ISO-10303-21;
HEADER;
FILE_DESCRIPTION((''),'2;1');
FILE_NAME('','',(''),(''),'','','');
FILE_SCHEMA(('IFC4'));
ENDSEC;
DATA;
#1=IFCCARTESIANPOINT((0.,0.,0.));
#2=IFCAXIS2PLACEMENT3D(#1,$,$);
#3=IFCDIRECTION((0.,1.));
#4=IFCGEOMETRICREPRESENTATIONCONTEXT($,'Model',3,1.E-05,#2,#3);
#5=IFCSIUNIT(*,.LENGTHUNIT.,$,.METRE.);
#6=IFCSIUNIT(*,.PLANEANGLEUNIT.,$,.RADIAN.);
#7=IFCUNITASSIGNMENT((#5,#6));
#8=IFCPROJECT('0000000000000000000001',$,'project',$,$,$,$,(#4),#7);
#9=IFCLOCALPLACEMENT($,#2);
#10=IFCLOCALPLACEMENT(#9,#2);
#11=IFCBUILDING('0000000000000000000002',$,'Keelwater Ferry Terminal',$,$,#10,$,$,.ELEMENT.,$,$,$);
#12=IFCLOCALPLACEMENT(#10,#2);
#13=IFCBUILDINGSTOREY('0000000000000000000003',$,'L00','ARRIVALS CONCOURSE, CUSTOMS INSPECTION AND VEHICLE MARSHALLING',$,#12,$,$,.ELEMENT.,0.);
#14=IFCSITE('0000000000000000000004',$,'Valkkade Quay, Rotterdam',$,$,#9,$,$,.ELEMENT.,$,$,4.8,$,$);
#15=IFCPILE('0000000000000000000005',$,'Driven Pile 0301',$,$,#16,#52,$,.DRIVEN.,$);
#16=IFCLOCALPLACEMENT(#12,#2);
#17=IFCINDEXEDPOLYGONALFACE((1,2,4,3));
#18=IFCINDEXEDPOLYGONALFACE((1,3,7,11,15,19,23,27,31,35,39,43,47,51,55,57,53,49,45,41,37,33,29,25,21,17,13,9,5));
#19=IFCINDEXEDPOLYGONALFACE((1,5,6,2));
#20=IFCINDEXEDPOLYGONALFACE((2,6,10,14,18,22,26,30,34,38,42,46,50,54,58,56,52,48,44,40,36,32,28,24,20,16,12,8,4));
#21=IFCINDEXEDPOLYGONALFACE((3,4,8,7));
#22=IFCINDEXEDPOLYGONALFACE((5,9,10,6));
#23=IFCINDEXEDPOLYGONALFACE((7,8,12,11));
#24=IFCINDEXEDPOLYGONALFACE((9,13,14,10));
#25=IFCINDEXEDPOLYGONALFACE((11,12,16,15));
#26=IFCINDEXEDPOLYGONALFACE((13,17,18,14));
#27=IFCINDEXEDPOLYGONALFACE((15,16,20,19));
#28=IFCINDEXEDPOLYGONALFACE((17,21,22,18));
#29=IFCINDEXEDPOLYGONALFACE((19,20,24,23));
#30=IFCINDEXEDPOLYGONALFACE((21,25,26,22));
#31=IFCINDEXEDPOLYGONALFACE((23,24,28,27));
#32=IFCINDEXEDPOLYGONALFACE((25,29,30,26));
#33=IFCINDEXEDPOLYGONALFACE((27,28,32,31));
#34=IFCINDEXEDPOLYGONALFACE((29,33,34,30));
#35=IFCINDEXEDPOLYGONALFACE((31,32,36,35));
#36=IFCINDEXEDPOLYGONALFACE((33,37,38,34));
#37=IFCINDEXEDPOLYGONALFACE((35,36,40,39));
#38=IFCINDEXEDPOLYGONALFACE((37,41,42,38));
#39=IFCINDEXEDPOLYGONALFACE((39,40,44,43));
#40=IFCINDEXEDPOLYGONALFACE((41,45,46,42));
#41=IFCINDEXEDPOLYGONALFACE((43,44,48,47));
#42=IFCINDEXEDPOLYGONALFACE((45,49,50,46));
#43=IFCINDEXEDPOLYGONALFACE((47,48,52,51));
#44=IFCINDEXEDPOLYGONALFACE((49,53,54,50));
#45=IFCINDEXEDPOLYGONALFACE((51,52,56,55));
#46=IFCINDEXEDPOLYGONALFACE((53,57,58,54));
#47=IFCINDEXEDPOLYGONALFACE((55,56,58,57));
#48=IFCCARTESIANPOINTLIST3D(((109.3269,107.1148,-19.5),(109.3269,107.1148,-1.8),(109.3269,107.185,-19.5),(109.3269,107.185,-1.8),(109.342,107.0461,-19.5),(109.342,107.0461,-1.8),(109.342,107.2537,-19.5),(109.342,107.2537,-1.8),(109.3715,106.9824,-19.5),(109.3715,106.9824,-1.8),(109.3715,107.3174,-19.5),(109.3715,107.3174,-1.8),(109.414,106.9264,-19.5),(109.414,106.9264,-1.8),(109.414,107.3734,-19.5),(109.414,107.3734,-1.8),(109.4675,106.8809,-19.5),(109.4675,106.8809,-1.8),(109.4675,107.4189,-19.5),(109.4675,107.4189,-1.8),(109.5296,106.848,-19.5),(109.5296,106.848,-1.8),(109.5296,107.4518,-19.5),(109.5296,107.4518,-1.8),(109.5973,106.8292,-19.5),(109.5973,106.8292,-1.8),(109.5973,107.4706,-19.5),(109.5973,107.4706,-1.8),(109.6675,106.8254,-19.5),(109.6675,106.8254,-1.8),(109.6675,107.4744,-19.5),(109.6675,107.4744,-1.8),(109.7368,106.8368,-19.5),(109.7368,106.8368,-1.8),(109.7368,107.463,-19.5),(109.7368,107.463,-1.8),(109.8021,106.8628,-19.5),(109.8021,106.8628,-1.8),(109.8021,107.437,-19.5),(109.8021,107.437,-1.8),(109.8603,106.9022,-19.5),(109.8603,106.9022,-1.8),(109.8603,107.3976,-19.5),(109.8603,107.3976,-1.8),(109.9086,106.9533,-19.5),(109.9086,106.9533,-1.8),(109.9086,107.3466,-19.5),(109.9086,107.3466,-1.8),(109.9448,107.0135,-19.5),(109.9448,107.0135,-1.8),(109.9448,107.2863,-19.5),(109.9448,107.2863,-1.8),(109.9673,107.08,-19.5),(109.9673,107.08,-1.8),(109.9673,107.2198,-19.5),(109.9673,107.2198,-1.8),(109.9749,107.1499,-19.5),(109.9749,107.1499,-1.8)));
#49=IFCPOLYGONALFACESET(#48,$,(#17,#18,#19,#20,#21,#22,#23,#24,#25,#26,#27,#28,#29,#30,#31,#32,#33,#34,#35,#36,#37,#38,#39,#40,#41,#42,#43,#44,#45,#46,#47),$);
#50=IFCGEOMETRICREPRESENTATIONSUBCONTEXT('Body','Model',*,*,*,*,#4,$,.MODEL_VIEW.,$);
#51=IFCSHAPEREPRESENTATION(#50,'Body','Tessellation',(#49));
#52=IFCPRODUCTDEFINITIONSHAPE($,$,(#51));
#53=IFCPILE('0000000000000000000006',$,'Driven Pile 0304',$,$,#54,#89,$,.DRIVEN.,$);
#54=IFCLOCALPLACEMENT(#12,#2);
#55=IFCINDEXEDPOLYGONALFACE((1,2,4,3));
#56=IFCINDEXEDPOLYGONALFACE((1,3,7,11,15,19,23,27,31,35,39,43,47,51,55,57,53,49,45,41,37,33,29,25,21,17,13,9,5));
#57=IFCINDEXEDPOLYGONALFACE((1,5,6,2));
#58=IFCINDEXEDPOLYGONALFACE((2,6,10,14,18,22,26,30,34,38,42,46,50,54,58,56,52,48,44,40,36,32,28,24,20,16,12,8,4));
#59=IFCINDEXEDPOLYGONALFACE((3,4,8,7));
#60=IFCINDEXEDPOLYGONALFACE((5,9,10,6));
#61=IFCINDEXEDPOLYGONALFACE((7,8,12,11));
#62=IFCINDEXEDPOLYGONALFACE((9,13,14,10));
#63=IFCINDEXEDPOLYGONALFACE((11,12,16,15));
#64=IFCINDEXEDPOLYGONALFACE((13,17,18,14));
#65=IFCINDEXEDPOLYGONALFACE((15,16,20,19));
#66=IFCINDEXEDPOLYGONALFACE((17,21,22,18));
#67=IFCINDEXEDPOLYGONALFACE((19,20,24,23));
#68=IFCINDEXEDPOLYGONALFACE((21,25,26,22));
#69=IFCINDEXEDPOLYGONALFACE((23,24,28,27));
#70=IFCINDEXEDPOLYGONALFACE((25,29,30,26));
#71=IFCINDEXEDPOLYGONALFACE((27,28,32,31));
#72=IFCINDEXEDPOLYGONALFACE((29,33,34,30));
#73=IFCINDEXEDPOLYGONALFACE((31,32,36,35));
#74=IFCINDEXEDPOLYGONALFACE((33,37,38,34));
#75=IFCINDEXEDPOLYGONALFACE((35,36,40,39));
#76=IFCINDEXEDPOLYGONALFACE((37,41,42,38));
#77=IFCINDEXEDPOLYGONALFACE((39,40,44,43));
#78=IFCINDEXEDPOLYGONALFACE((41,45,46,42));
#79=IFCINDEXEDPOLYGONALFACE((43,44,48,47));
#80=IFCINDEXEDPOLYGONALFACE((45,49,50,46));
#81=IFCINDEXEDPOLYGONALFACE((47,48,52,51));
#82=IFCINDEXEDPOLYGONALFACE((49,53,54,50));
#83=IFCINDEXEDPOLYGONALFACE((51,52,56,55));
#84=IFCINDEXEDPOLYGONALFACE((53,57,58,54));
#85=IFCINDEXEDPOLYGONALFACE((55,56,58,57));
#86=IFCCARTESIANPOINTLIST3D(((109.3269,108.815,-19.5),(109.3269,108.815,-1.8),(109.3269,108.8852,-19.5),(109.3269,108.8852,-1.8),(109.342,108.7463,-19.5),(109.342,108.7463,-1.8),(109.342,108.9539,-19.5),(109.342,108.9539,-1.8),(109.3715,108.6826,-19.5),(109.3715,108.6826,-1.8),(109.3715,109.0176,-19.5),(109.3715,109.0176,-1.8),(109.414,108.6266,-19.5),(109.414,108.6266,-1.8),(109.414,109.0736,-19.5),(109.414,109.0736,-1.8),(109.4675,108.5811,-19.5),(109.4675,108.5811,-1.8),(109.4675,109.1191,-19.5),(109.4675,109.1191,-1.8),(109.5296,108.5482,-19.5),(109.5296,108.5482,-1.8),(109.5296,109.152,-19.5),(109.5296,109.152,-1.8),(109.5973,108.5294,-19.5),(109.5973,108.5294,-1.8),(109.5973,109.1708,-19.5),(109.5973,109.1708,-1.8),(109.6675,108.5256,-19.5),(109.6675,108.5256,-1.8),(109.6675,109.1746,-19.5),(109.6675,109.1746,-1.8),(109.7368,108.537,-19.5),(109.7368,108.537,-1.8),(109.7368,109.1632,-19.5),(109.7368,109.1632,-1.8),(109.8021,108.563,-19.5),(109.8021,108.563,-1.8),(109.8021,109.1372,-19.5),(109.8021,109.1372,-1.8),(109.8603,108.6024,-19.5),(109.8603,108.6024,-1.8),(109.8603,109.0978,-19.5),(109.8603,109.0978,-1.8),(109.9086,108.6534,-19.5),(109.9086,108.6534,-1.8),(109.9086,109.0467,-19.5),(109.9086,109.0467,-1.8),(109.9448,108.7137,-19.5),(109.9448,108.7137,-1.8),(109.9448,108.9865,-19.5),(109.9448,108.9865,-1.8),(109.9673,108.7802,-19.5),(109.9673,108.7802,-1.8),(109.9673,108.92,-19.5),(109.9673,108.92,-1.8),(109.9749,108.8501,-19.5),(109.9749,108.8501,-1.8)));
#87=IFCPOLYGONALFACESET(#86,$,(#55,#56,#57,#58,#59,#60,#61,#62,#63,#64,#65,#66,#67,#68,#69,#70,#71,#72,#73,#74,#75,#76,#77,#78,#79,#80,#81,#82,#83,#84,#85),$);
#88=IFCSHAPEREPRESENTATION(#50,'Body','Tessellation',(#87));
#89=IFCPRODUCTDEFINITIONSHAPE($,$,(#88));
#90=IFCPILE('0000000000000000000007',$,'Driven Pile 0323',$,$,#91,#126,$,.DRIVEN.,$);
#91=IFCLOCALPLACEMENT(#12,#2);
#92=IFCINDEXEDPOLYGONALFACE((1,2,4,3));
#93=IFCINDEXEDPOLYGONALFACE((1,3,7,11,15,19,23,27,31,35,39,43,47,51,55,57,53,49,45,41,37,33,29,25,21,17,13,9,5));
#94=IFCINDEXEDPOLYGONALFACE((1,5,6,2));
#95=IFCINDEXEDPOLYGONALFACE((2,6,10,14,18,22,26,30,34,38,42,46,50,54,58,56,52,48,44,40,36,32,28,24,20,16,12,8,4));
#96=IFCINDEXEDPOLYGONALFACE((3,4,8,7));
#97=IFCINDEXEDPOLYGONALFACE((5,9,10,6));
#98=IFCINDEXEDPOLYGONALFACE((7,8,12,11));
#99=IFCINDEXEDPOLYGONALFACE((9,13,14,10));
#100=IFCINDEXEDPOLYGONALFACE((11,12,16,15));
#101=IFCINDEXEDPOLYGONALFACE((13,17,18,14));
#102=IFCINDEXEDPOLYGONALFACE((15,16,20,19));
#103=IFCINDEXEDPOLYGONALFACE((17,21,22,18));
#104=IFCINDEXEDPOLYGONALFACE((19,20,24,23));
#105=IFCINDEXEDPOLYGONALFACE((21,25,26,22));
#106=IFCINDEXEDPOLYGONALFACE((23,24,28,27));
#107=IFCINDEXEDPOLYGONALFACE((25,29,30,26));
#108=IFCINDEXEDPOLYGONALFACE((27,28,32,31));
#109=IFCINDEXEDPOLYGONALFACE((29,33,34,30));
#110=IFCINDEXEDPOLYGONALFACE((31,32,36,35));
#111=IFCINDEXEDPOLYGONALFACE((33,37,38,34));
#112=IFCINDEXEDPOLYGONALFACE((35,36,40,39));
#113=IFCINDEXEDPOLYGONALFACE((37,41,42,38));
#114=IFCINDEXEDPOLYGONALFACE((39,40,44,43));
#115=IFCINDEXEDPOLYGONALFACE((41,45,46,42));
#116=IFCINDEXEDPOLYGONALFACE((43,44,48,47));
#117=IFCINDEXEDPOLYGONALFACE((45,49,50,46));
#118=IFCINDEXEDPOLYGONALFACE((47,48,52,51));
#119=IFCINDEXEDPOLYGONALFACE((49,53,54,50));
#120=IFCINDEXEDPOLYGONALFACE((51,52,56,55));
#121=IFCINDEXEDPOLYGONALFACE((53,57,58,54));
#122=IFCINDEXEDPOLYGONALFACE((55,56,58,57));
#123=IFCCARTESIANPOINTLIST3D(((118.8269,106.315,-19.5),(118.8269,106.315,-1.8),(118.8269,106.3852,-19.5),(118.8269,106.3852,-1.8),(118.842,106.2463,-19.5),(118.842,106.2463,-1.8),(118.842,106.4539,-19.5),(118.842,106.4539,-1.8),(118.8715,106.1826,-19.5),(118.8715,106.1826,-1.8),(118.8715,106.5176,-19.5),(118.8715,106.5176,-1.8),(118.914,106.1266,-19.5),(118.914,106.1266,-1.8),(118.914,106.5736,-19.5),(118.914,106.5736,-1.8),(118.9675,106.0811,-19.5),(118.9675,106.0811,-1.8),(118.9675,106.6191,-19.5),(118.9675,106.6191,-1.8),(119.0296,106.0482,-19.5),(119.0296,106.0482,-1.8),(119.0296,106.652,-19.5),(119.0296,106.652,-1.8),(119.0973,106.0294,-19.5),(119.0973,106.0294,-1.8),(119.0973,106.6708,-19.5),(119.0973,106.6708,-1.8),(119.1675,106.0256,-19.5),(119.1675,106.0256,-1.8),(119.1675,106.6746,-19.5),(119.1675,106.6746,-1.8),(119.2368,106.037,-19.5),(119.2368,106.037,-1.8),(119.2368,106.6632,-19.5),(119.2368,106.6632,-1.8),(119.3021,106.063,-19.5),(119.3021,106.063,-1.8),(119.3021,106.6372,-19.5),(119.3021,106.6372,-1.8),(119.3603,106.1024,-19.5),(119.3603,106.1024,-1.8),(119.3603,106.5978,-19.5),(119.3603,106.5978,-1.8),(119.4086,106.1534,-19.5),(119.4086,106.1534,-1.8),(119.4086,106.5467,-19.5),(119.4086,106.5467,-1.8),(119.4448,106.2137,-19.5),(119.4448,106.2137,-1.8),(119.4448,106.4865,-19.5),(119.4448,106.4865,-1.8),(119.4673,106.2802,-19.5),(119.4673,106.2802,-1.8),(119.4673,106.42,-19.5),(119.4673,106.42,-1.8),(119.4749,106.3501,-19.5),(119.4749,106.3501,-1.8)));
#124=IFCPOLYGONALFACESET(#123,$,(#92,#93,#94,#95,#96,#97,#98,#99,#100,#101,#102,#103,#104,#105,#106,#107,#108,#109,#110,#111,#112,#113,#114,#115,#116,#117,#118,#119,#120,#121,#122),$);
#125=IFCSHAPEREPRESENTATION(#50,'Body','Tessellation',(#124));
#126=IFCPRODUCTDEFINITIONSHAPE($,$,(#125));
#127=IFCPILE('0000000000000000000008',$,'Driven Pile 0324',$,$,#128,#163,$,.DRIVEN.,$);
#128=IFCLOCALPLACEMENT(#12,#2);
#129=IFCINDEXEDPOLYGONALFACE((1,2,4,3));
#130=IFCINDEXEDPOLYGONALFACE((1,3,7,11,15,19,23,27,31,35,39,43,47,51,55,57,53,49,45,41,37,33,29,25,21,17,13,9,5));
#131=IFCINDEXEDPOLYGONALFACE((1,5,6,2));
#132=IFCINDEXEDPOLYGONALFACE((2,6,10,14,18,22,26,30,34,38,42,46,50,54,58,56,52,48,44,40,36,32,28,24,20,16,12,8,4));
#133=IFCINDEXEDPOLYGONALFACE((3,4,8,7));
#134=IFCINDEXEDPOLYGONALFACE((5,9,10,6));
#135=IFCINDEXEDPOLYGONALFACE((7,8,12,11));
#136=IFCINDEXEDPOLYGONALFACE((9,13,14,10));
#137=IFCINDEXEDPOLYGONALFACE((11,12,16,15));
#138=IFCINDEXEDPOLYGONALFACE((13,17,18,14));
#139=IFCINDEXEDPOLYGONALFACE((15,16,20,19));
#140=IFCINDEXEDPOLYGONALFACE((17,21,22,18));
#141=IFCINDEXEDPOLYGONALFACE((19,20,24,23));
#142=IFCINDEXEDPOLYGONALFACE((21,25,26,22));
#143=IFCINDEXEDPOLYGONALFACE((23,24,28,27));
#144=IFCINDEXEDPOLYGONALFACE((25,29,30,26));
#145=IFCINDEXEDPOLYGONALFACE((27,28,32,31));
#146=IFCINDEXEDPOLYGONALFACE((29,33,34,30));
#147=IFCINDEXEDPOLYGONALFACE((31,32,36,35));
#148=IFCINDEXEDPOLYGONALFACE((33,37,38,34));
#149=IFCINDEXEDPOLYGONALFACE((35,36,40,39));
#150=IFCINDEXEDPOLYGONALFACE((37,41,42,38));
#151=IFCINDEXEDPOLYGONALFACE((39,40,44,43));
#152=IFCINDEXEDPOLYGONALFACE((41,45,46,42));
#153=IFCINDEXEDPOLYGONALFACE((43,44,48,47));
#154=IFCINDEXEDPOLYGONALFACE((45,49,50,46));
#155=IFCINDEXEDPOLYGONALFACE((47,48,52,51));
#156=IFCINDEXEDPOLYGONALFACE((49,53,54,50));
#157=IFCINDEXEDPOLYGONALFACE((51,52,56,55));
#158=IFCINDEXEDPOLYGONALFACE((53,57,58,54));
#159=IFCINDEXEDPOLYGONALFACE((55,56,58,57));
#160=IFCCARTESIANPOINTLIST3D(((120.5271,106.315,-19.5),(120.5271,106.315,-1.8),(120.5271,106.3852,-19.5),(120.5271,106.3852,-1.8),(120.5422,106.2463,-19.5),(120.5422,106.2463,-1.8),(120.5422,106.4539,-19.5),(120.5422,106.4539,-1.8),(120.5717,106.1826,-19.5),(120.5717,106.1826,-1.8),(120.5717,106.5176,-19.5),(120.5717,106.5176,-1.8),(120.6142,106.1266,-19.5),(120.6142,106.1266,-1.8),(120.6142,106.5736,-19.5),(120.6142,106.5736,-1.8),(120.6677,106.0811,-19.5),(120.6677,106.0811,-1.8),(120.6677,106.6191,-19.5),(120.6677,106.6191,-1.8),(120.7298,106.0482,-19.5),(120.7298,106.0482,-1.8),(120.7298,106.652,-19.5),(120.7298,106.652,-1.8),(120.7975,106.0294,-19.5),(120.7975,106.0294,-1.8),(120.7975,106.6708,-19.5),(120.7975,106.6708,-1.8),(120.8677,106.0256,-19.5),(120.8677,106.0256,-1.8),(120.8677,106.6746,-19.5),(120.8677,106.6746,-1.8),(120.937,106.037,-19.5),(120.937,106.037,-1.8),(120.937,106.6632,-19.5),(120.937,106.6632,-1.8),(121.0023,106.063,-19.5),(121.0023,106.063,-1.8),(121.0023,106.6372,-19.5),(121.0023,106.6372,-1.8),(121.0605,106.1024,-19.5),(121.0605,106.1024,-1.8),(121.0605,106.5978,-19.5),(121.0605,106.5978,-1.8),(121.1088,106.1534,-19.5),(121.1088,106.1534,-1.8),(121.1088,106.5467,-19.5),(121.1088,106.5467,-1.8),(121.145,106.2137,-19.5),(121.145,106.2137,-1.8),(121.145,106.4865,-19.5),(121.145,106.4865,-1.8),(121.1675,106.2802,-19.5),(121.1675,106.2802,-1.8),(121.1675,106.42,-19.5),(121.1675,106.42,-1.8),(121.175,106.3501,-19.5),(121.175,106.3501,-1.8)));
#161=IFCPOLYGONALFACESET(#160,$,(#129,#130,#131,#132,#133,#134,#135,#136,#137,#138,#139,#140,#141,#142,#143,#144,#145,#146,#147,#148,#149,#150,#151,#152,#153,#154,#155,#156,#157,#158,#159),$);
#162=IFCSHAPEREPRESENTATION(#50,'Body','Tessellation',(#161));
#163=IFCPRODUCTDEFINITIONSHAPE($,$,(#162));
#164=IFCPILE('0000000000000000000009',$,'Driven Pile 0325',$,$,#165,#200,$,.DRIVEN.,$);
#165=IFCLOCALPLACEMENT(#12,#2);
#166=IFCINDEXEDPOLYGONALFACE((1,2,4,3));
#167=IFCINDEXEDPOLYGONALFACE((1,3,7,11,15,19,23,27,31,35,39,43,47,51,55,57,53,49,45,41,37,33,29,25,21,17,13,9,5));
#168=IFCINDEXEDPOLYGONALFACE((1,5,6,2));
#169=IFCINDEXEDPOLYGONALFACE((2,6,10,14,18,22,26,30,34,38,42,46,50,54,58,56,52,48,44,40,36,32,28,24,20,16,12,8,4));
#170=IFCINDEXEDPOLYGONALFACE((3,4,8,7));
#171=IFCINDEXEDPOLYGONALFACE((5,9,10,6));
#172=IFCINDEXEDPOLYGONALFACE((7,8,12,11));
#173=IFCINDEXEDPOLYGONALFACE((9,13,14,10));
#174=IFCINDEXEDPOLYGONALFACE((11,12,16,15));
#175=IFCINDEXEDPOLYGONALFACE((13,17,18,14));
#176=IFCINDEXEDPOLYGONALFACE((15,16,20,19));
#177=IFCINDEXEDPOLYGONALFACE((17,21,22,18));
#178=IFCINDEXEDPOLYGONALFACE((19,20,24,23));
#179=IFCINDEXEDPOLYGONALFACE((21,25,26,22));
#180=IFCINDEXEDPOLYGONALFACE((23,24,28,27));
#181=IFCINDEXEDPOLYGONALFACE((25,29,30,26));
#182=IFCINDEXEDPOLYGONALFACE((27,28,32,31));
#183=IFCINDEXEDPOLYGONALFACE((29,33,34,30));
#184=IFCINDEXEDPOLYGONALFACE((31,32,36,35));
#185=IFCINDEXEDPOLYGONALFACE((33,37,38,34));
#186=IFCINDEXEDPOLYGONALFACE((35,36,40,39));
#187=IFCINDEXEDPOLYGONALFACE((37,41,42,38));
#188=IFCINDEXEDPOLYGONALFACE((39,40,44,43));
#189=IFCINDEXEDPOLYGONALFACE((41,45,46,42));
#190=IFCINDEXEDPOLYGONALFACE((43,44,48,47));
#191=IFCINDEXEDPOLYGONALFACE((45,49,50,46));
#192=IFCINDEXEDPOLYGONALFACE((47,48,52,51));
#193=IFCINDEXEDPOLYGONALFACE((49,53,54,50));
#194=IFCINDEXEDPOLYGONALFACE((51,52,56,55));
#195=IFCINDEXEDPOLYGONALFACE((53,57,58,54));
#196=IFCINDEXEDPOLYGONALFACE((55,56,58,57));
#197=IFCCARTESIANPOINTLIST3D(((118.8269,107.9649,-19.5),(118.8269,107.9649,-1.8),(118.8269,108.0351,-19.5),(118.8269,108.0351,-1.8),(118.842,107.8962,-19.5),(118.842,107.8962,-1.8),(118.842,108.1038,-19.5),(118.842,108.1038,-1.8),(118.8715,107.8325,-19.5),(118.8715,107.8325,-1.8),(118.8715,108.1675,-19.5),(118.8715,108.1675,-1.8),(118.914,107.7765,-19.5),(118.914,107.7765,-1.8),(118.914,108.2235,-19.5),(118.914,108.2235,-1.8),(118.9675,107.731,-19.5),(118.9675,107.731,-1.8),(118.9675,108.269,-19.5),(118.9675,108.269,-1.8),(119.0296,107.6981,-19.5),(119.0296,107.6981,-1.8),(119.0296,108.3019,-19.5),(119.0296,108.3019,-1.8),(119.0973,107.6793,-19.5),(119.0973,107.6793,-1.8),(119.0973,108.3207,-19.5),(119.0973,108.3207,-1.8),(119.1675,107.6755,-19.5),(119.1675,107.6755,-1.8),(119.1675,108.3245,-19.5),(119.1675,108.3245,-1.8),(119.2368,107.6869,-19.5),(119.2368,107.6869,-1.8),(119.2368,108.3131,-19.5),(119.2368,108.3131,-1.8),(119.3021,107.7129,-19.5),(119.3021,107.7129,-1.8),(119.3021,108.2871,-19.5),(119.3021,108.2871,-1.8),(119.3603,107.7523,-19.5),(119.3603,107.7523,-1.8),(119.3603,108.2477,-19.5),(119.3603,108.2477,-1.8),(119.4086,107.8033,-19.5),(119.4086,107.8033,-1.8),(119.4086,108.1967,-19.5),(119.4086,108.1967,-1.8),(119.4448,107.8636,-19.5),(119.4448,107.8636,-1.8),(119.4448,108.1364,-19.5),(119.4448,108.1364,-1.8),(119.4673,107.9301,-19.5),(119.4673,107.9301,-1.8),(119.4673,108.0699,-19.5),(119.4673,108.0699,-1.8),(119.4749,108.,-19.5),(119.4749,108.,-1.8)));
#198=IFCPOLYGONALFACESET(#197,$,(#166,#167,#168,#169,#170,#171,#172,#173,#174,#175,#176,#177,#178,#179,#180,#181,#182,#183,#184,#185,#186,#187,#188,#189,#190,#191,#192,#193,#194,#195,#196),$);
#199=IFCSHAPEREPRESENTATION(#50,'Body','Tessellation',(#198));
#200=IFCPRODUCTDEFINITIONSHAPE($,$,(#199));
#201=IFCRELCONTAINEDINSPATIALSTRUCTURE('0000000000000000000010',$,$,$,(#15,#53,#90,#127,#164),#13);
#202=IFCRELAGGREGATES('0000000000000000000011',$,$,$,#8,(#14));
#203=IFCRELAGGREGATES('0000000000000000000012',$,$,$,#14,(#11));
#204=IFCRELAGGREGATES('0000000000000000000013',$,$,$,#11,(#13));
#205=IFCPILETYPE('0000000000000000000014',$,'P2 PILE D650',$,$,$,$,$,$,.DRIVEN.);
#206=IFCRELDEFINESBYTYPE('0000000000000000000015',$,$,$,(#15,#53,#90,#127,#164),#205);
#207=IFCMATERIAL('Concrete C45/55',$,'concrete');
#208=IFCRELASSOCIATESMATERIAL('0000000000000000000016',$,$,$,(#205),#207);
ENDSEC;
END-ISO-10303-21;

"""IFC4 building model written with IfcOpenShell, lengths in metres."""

from ifc_helpers import new_model, si_unit, direction, frame, origin, origin_2d, place, context, subcontext, project, spatial, circle, extrude, material, material_profile, profile_set, type_object, element, save


model = new_model("IFC4")

# Units and contexts
model_context = context("Model", 3, precision=1e-05, world=origin(), true_north=direction((0.0, 1.0)))
body_context = subcontext(model_context, "Body", "Model", "MODEL_VIEW")
ifc_project = project(units=[si_unit("LENGTHUNIT", "METRE"), si_unit("PLANEANGLEUNIT", "RADIAN")], contexts=[model_context])

# Site, building, storey
site_placement = place(None, origin())
site = spatial("IfcSite", under=ifc_project, at=site_placement, Name="Valkkade Quay, Rotterdam", CompositionType="ELEMENT", RefElevation=4.8)
building_placement = place(site_placement, origin())
building = spatial("IfcBuilding", under=site, at=building_placement, Name="Keelwater Ferry Terminal", CompositionType="ELEMENT")
storey_placement = place(building_placement, origin())
storey = spatial("IfcBuildingStorey", under=building, at=storey_placement, Name="L00", Description="ARRIVALS CONCOURSE, CUSTOMS INSPECTION AND VEHICLE MARSHALLING", CompositionType="ELEMENT", Elevation=0.0)

# Piles
ifc_material_1 = material(Name="Concrete C45/55", Category="concrete")
ifc_material_profile_1 = material_profile(ifc_material_1, circle(Radius=0.325, at=origin_2d()), Name="PILE D650")
ifc_profile_set_1 = profile_set([ifc_material_profile_1], Name="Concrete C45/55")
pile_type = type_object("IfcPileType", Name="P2 PILE D650", PredefinedType="DRIVEN", material=ifc_profile_set_1)
for number, where, z_axis, x_axis, name in (
    (1, (109.6499, 107.1499, -1.8), (0.0, 0.0, -1.0), (1.0, 0.0, 0.0), "Driven Pile 0301"),
    (2, (109.6499, 108.8501, -1.8), (0.0, 0.0, -1.0), (1.0, 0.0, 0.0), "Driven Pile 0304"),
    (3, (119.1499, 106.3501, -1.8), (0.0, 0.0, -1.0), (1.0, 0.0, 0.0), "Driven Pile 0323"),
    (4, (120.8501, 106.3501, -1.8), (0.0, 0.0, -1.0), (1.0, 0.0, 0.0), "Driven Pile 0324"),
    (5, (119.1499, 108.0, -1.8), (0.0, 0.0, -1.0), (1.0, 0.0, 0.0), "Driven Pile 0325"),
):
    element("IfcPile", number, at=place(storey_placement, frame(where, z_axis=z_axis, x_axis=x_axis)), inside=storey, type_object=pile_type, Name=name, PredefinedType="DRIVEN", context=body_context, shape_type="SweptSolid", body=[
        extrude(circle(Radius=0.325, at=origin_2d()), origin(), (0.0, 0.0, 1.0), 17.7),
    ])

save(model, "model.ifc")
